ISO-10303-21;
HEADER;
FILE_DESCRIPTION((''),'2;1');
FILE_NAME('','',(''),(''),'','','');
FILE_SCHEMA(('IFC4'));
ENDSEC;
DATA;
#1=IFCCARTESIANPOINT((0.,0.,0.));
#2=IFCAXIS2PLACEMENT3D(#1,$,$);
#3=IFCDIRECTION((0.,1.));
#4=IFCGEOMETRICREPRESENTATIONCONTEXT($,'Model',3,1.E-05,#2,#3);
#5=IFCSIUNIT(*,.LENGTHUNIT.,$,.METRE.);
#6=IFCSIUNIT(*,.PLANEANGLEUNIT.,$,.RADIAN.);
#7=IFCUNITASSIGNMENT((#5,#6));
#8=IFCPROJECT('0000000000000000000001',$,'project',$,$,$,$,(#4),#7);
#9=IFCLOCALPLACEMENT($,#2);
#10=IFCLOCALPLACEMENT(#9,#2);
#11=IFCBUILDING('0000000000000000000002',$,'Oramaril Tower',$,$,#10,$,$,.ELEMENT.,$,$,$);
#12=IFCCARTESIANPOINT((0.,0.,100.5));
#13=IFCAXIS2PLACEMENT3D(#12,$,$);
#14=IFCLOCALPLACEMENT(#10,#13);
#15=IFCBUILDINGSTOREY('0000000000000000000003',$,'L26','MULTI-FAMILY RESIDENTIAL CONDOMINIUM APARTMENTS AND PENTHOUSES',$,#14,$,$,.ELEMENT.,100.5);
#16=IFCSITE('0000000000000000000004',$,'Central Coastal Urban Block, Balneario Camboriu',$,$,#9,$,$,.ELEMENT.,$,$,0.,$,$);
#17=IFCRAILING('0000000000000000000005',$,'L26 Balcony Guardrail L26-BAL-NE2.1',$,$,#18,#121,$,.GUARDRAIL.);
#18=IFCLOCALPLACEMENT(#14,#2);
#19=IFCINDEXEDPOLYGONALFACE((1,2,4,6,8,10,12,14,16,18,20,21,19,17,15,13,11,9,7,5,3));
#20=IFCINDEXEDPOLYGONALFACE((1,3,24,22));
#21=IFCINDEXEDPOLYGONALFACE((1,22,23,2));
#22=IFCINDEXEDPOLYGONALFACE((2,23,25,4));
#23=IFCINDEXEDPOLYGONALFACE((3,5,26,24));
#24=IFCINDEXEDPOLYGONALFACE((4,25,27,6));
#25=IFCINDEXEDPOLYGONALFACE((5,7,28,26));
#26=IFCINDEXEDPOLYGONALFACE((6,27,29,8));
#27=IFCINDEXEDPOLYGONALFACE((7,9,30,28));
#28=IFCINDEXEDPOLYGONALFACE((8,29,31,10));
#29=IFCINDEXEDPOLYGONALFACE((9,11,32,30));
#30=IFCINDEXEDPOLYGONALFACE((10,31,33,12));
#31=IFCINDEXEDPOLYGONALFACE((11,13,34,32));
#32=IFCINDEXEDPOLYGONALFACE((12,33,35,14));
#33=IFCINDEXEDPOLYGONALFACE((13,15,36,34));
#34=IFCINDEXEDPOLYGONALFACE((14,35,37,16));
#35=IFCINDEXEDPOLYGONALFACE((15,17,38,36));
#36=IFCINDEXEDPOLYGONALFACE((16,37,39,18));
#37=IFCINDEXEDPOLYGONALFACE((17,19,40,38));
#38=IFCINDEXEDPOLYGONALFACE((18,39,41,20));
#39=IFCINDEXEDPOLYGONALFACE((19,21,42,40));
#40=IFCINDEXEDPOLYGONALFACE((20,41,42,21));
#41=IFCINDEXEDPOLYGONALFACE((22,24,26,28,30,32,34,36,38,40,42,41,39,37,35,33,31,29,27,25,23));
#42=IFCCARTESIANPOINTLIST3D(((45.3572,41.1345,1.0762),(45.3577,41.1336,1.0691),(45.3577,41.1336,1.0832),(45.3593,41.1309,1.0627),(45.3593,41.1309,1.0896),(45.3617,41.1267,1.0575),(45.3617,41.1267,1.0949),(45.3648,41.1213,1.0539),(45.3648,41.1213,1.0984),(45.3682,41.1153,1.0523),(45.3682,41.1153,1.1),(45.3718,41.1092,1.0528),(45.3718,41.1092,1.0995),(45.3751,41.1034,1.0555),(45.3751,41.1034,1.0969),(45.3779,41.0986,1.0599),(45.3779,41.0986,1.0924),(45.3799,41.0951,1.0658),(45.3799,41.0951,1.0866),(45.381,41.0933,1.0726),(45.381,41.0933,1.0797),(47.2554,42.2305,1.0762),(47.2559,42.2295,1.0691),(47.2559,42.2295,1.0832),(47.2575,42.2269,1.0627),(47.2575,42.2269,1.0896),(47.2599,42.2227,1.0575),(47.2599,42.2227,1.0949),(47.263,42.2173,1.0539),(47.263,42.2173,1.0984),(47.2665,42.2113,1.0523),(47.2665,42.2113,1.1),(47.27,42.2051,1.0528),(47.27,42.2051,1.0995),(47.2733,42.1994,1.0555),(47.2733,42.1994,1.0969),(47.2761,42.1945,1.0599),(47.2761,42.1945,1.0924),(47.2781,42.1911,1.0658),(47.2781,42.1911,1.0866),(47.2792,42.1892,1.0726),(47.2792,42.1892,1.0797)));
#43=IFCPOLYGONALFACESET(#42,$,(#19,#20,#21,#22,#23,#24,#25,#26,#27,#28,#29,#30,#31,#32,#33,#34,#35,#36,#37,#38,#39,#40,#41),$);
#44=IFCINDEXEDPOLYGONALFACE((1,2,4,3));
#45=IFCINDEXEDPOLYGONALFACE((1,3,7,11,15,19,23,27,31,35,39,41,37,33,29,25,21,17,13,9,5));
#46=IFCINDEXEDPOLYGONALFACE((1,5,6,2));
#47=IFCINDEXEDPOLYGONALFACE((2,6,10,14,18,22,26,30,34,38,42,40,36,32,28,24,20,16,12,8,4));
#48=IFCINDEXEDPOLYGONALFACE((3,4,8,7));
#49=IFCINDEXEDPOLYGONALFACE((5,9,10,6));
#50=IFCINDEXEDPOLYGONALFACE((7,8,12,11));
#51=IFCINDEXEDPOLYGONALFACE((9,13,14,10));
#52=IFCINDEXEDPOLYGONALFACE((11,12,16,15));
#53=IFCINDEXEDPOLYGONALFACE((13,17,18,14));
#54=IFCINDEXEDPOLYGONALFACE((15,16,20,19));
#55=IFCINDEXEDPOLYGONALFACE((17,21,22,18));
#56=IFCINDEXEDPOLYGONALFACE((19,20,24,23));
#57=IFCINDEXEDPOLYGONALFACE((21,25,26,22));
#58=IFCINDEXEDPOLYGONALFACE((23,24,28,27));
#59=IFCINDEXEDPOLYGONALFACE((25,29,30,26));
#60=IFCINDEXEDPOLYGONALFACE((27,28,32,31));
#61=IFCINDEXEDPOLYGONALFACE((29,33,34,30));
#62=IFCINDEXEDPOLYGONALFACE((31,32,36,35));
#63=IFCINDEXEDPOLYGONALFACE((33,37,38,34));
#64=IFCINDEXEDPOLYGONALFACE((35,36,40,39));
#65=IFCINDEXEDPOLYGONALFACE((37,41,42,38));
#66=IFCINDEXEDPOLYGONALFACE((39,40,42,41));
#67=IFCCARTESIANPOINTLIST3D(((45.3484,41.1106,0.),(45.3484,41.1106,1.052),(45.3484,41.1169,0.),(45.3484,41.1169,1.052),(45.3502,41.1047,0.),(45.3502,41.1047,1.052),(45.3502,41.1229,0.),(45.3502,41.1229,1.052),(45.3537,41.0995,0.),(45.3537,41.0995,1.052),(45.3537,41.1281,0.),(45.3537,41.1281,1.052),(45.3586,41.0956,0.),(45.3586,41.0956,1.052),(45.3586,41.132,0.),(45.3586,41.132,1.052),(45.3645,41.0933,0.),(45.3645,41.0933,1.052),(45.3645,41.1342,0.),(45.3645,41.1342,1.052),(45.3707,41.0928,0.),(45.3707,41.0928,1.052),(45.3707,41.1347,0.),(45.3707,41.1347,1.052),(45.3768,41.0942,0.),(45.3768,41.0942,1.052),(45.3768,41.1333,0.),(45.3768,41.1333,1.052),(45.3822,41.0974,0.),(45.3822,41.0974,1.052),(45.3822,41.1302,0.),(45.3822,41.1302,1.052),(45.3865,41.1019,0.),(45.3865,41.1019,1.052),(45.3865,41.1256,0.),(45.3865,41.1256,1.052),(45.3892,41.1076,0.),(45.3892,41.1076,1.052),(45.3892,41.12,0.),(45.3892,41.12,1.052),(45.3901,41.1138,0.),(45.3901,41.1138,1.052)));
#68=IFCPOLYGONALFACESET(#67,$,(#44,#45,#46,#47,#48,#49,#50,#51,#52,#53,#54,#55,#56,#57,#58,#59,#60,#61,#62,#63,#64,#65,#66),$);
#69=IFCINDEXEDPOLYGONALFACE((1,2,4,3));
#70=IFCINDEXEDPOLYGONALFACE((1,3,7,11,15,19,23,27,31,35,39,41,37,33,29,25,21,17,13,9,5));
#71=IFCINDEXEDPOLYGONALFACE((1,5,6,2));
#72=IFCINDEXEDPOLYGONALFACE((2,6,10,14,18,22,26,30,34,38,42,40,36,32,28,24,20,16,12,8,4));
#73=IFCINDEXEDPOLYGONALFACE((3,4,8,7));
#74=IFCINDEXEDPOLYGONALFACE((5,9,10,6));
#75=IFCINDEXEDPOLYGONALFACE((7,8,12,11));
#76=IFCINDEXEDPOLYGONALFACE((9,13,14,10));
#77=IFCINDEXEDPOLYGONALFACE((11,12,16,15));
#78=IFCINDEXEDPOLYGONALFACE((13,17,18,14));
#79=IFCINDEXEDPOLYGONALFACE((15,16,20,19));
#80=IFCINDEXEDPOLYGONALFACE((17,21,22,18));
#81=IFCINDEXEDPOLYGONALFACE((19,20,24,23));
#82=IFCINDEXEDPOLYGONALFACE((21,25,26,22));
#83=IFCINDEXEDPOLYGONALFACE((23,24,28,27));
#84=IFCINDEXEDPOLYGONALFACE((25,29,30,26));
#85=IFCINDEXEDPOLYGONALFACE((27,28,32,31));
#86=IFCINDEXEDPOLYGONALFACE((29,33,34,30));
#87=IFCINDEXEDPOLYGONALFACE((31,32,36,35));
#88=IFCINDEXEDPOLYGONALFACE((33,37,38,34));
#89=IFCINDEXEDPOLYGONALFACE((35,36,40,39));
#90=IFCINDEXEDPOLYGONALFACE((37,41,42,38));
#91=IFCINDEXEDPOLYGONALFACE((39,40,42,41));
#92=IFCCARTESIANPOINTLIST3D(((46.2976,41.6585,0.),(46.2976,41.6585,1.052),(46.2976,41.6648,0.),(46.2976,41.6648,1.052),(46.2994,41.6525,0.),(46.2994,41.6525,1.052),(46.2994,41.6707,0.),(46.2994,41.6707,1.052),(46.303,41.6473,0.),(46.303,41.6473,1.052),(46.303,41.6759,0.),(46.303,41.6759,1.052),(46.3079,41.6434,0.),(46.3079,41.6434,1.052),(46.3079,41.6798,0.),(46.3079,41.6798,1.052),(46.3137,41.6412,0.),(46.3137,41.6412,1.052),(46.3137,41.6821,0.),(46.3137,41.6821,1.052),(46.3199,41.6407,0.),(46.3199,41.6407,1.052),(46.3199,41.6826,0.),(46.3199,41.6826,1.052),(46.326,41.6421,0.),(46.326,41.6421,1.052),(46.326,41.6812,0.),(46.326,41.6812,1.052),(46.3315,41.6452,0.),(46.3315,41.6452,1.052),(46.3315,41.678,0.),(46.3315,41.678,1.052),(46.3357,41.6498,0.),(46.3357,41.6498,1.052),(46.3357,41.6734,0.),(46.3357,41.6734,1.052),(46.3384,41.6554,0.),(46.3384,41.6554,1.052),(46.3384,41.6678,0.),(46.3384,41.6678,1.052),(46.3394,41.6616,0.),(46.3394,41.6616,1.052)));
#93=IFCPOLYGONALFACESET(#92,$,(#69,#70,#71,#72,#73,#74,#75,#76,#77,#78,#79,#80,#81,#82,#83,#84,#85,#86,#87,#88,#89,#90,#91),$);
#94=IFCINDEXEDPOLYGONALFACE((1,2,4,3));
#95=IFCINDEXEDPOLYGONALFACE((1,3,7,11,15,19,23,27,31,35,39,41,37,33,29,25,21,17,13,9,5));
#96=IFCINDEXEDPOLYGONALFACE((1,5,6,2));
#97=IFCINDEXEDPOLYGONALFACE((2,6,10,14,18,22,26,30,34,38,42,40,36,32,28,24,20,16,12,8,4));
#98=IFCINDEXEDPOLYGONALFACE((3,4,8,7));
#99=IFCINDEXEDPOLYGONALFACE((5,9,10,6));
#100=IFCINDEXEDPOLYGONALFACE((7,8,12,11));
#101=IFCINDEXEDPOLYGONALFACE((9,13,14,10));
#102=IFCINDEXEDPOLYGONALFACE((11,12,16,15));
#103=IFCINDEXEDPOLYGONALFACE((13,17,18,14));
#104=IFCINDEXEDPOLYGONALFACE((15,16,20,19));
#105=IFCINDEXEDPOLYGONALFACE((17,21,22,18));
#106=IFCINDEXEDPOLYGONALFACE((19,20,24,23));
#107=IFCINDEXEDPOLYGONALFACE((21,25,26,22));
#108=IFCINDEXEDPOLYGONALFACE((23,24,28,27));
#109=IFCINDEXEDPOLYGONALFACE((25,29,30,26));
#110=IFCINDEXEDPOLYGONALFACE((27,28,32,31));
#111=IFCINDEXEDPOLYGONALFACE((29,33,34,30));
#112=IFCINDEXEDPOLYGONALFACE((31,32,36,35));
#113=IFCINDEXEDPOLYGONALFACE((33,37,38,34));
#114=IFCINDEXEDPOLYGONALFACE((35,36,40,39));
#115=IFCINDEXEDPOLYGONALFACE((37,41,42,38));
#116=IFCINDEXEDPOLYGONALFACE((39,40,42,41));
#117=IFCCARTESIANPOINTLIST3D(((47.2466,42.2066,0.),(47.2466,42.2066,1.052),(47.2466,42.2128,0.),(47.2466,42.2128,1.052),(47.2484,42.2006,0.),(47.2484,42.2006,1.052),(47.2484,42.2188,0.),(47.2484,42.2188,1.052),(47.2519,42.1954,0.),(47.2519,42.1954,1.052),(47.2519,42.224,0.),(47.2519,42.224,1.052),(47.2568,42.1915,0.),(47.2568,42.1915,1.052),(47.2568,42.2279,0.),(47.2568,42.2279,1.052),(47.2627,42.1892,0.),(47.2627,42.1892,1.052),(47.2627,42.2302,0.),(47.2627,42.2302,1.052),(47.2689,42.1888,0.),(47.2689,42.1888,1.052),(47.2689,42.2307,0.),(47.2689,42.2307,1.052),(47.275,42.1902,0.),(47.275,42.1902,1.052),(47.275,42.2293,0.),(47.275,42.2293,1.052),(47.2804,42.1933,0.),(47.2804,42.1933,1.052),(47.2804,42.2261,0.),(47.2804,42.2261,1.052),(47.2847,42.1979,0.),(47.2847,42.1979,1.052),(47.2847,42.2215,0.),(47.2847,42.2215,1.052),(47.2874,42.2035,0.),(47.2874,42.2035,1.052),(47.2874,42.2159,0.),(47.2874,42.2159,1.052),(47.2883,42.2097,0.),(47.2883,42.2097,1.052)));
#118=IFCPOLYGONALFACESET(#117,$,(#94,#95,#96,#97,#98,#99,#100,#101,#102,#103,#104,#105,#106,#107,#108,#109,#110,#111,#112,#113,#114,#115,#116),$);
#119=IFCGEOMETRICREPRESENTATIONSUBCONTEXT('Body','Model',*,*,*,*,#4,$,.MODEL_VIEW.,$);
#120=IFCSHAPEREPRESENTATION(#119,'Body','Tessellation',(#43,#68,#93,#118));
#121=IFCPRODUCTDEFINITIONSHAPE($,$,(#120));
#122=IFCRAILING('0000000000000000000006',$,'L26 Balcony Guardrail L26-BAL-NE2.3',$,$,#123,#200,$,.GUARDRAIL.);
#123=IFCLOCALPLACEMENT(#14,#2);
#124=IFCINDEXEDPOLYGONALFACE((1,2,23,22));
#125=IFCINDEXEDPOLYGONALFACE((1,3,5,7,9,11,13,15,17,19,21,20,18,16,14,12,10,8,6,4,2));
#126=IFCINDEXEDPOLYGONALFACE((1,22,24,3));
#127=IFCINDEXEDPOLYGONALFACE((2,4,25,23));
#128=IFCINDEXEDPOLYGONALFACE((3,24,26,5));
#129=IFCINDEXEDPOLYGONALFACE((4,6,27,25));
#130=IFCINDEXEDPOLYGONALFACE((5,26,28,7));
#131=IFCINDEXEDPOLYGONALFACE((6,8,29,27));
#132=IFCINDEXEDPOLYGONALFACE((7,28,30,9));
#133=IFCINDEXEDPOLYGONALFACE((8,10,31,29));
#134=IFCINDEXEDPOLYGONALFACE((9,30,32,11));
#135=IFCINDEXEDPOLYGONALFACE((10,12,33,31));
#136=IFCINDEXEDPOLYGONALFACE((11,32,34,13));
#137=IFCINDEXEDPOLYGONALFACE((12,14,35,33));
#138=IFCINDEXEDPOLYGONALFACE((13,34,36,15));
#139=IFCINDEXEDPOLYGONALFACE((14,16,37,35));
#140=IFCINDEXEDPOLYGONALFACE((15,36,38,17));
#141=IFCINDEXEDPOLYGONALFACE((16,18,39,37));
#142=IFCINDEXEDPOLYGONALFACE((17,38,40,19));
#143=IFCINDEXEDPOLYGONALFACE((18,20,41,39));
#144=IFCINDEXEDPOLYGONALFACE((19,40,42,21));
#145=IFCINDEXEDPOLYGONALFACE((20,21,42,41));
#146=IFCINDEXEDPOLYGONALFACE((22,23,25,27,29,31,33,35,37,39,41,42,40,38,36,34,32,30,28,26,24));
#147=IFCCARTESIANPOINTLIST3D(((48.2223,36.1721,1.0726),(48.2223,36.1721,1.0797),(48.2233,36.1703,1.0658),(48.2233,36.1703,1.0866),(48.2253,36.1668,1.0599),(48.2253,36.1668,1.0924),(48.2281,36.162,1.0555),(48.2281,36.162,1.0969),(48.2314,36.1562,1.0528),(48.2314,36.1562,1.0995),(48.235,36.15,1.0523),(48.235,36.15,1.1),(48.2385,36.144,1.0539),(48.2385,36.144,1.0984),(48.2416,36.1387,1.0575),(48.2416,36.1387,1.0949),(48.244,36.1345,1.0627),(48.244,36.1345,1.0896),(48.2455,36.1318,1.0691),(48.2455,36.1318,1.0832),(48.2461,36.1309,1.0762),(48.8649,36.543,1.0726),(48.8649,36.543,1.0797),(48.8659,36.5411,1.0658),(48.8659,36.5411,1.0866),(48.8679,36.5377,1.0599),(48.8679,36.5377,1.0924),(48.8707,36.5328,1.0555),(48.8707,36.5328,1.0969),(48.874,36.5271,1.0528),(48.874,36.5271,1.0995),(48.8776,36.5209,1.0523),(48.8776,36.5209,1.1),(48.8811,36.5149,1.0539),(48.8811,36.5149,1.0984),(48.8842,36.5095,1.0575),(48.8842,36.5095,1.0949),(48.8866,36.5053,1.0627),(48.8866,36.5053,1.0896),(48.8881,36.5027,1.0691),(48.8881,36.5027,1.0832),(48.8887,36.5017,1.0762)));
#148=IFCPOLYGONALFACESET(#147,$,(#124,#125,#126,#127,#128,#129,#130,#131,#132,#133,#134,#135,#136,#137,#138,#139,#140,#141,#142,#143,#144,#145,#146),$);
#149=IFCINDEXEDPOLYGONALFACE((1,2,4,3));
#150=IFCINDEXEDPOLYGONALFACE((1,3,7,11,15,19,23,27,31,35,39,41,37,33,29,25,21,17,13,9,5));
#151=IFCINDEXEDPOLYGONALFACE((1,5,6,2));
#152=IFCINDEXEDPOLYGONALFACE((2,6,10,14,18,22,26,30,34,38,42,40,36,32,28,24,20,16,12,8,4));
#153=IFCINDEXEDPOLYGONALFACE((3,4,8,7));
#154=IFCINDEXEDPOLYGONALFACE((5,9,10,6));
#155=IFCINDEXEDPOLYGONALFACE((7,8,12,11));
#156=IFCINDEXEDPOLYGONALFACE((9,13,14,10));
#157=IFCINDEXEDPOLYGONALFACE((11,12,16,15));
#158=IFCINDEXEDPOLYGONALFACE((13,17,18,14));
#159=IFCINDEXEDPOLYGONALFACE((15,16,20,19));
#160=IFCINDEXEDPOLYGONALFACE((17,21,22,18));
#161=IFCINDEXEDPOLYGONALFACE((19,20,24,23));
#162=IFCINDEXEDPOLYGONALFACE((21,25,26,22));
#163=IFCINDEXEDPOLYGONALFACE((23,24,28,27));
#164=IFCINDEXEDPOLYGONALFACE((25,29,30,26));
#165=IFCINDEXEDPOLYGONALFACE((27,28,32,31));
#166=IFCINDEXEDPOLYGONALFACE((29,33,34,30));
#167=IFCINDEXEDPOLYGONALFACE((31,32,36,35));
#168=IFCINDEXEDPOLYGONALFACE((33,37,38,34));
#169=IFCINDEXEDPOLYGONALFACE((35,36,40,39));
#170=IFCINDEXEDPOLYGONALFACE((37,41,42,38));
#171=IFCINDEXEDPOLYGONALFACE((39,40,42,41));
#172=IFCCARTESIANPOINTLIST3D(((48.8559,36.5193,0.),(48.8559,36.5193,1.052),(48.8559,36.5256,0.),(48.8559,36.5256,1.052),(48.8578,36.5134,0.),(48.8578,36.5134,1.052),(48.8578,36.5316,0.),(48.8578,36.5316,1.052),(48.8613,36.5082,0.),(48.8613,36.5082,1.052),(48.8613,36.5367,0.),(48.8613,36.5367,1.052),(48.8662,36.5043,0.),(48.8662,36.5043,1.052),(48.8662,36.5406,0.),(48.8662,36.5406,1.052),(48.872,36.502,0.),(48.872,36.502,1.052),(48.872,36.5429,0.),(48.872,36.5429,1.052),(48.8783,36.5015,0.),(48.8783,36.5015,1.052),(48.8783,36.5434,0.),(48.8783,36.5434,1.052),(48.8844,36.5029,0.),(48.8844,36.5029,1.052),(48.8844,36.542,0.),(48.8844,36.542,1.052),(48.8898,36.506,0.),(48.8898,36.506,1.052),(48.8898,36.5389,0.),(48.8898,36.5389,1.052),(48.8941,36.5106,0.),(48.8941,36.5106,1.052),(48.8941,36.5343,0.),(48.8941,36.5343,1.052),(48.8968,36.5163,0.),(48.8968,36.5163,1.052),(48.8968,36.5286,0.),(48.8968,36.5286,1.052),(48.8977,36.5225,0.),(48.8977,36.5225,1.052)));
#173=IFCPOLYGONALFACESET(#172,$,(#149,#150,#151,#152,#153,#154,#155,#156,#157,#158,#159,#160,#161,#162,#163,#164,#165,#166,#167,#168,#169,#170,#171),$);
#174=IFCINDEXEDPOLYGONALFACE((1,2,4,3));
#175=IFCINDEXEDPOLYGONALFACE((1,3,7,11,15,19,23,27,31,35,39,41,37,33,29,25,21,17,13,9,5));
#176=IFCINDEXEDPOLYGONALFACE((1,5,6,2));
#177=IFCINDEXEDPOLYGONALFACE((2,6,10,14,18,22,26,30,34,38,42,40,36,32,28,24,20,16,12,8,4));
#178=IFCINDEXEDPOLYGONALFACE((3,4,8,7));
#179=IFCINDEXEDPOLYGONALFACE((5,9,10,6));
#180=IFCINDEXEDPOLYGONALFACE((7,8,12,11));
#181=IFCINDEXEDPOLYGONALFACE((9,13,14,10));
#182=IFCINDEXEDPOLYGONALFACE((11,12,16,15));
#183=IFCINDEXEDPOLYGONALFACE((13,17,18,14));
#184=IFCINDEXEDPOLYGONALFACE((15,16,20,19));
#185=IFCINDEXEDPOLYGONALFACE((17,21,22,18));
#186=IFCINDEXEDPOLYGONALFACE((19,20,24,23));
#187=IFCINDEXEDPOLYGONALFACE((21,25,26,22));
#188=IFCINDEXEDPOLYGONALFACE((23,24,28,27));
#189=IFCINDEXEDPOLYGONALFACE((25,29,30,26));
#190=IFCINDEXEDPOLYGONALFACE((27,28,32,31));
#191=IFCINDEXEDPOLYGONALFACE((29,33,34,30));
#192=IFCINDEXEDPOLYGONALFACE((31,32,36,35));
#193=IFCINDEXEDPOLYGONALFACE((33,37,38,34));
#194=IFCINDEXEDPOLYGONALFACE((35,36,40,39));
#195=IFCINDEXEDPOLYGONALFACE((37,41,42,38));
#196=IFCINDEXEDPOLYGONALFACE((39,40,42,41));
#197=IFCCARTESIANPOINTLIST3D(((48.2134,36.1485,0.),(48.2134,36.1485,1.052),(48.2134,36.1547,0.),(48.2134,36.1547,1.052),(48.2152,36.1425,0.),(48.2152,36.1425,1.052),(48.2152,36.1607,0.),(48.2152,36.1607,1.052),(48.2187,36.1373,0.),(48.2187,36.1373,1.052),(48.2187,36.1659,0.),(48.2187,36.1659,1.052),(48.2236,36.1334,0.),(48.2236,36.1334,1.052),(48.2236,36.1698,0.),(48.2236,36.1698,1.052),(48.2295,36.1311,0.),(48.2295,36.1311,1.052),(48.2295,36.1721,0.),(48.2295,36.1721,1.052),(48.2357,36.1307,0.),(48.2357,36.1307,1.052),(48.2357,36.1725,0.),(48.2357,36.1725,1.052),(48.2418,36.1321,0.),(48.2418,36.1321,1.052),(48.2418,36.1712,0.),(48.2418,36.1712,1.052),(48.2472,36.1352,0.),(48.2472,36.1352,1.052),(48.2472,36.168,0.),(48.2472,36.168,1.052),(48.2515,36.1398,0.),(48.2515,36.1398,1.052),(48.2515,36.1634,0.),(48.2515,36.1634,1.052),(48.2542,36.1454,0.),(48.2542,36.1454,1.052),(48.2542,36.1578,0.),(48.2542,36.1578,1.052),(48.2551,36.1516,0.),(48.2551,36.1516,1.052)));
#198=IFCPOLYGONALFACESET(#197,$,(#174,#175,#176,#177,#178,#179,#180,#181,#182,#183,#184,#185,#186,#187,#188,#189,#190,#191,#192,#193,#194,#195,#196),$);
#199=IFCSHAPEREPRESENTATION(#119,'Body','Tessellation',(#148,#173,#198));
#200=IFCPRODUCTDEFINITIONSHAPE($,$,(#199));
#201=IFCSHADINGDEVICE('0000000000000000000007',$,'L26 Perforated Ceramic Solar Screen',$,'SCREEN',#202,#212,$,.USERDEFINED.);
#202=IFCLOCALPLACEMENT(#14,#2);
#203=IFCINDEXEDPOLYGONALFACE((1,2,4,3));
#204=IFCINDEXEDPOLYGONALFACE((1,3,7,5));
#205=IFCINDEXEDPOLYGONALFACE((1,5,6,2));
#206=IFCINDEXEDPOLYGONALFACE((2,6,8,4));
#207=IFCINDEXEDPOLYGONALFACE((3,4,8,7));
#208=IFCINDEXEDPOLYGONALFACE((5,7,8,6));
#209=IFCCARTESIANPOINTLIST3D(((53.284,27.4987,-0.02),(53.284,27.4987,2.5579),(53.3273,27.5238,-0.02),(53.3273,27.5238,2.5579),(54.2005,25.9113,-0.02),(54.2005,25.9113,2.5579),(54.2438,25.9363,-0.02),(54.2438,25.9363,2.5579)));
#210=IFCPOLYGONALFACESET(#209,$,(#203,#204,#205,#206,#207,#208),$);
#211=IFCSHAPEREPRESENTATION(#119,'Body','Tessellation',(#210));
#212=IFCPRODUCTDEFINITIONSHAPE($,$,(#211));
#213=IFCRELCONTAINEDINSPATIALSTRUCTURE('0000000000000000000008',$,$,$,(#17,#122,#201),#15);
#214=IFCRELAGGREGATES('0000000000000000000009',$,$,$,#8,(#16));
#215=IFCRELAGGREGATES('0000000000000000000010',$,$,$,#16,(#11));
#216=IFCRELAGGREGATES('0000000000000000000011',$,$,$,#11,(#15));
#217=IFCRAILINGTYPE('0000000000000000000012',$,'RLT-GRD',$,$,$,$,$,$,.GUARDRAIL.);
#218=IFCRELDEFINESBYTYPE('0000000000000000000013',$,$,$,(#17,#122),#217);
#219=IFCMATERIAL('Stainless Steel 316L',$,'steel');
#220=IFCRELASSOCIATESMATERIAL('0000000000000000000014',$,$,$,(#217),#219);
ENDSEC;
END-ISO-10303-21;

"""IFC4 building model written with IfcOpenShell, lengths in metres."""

from ifc_helpers import new_model, si_unit, direction, frame, origin, origin_2d, place, context, subcontext, project, spatial, rectangle, circle, extrude, material, type_object, element, save


model = new_model("IFC4")

# Units and contexts
model_context = context("Model", 3, precision=1e-05, world=origin(), true_north=direction((0.0, 1.0)))
body_context = subcontext(model_context, "Body", "Model", "MODEL_VIEW")
ifc_project = project(units=[si_unit("LENGTHUNIT", "METRE"), si_unit("PLANEANGLEUNIT", "RADIAN")], contexts=[model_context])

# Site, building, storey
site_placement = place(None, origin())
site = spatial("IfcSite", under=ifc_project, at=site_placement, Name="Central Coastal Urban Block, Balneario Camboriu", CompositionType="ELEMENT", RefElevation=0.0)
building_placement = place(site_placement, origin())
building = spatial("IfcBuilding", under=site, at=building_placement, Name="Oramaril Tower", CompositionType="ELEMENT")
storey_placement = place(building_placement, frame((0.0, 0.0, 100.5)))
storey = spatial("IfcBuildingStorey", under=building, at=storey_placement, Name="L26", Description="MULTI-FAMILY RESIDENTIAL CONDOMINIUM APARTMENTS AND PENTHOUSES", CompositionType="ELEMENT", Elevation=100.5)

# Railings
ifc_material_1 = material(Name="Stainless Steel 316L", Category="steel")
railing_type = type_object("IfcRailingType", Name="RLT-GRD", PredefinedType="GUARDRAIL", material=ifc_material_1)
railing_1_placement = place(storey_placement, frame((45.3691, 41.1138, 0.0)))
element("IfcRailing", 1, at=railing_1_placement, inside=storey, type_object=railing_type, Name="L26 Balcony Guardrail L26-BAL-NE2.1", PredefinedType="GUARDRAIL", context=body_context, shape_type="SweptSolid", body=[
    extrude(circle(Radius=0.0239, at=origin_2d()), frame((0.0, 0.0, 1.0762), z_axis=(0.866021, 0.500008, 0.0), x_axis=(-0.500008, 0.866021, 0.0)), (0.0, 0.0, 1.0), 2.1919),
    extrude(circle(Radius=0.021, at=origin_2d()), origin(), (0.0, 0.0, 1.0), 1.052),
    extrude(circle(Radius=0.021, at=origin_2d()), frame((0.9492, 0.5479, 0.0)), (0.0, 0.0, 1.0), 1.052),
    extrude(circle(Radius=0.021, at=origin_2d()), frame((1.8982, 1.0959, 0.0)), (0.0, 0.0, 1.0), 1.052),
])
railing_2_placement = place(storey_placement, frame((48.8767, 36.5225, 0.0)))
element("IfcRailing", 2, at=railing_2_placement, inside=storey, type_object=railing_type, Name="L26 Balcony Guardrail L26-BAL-NE2.3", PredefinedType="GUARDRAIL", context=body_context, shape_type="SweptSolid", body=[
    extrude(circle(Radius=0.0239, at=origin_2d()), frame((0.0, 0.0, 1.0762), z_axis=(-0.866109, -0.499855, 0.0), x_axis=(0.499855, -0.866109, 0.0)), (0.0, 0.0, 1.0), 0.7419),
    extrude(circle(Radius=0.021, at=origin_2d()), origin(), (0.0, 0.0, 1.0), 1.052),
    extrude(circle(Radius=0.021, at=origin_2d()), frame((-0.6426, -0.3708, 0.0)), (0.0, 0.0, 1.0), 1.052),
])

# Shading device
for number, where, z_axis, x_axis, name in (
    (3, (53.7639, 26.7175, -0.02), (0.0, 0.0, 1.0), (-0.5, 0.866025, 0.0), "L26 Perforated Ceramic Solar Screen"),
):
    element("IfcShadingDevice", number, at=place(storey_placement, frame(where, z_axis=z_axis, x_axis=x_axis)), inside=storey, Name=name, ObjectType="SCREEN", PredefinedType="USERDEFINED", context=body_context, shape_type="SweptSolid", body=[
        extrude(rectangle(XDim=1.833, YDim=0.05, at=origin_2d()), origin(), (0.0, 0.0, 1.0), 2.5779),
    ])

save(model, "model.ifc")
